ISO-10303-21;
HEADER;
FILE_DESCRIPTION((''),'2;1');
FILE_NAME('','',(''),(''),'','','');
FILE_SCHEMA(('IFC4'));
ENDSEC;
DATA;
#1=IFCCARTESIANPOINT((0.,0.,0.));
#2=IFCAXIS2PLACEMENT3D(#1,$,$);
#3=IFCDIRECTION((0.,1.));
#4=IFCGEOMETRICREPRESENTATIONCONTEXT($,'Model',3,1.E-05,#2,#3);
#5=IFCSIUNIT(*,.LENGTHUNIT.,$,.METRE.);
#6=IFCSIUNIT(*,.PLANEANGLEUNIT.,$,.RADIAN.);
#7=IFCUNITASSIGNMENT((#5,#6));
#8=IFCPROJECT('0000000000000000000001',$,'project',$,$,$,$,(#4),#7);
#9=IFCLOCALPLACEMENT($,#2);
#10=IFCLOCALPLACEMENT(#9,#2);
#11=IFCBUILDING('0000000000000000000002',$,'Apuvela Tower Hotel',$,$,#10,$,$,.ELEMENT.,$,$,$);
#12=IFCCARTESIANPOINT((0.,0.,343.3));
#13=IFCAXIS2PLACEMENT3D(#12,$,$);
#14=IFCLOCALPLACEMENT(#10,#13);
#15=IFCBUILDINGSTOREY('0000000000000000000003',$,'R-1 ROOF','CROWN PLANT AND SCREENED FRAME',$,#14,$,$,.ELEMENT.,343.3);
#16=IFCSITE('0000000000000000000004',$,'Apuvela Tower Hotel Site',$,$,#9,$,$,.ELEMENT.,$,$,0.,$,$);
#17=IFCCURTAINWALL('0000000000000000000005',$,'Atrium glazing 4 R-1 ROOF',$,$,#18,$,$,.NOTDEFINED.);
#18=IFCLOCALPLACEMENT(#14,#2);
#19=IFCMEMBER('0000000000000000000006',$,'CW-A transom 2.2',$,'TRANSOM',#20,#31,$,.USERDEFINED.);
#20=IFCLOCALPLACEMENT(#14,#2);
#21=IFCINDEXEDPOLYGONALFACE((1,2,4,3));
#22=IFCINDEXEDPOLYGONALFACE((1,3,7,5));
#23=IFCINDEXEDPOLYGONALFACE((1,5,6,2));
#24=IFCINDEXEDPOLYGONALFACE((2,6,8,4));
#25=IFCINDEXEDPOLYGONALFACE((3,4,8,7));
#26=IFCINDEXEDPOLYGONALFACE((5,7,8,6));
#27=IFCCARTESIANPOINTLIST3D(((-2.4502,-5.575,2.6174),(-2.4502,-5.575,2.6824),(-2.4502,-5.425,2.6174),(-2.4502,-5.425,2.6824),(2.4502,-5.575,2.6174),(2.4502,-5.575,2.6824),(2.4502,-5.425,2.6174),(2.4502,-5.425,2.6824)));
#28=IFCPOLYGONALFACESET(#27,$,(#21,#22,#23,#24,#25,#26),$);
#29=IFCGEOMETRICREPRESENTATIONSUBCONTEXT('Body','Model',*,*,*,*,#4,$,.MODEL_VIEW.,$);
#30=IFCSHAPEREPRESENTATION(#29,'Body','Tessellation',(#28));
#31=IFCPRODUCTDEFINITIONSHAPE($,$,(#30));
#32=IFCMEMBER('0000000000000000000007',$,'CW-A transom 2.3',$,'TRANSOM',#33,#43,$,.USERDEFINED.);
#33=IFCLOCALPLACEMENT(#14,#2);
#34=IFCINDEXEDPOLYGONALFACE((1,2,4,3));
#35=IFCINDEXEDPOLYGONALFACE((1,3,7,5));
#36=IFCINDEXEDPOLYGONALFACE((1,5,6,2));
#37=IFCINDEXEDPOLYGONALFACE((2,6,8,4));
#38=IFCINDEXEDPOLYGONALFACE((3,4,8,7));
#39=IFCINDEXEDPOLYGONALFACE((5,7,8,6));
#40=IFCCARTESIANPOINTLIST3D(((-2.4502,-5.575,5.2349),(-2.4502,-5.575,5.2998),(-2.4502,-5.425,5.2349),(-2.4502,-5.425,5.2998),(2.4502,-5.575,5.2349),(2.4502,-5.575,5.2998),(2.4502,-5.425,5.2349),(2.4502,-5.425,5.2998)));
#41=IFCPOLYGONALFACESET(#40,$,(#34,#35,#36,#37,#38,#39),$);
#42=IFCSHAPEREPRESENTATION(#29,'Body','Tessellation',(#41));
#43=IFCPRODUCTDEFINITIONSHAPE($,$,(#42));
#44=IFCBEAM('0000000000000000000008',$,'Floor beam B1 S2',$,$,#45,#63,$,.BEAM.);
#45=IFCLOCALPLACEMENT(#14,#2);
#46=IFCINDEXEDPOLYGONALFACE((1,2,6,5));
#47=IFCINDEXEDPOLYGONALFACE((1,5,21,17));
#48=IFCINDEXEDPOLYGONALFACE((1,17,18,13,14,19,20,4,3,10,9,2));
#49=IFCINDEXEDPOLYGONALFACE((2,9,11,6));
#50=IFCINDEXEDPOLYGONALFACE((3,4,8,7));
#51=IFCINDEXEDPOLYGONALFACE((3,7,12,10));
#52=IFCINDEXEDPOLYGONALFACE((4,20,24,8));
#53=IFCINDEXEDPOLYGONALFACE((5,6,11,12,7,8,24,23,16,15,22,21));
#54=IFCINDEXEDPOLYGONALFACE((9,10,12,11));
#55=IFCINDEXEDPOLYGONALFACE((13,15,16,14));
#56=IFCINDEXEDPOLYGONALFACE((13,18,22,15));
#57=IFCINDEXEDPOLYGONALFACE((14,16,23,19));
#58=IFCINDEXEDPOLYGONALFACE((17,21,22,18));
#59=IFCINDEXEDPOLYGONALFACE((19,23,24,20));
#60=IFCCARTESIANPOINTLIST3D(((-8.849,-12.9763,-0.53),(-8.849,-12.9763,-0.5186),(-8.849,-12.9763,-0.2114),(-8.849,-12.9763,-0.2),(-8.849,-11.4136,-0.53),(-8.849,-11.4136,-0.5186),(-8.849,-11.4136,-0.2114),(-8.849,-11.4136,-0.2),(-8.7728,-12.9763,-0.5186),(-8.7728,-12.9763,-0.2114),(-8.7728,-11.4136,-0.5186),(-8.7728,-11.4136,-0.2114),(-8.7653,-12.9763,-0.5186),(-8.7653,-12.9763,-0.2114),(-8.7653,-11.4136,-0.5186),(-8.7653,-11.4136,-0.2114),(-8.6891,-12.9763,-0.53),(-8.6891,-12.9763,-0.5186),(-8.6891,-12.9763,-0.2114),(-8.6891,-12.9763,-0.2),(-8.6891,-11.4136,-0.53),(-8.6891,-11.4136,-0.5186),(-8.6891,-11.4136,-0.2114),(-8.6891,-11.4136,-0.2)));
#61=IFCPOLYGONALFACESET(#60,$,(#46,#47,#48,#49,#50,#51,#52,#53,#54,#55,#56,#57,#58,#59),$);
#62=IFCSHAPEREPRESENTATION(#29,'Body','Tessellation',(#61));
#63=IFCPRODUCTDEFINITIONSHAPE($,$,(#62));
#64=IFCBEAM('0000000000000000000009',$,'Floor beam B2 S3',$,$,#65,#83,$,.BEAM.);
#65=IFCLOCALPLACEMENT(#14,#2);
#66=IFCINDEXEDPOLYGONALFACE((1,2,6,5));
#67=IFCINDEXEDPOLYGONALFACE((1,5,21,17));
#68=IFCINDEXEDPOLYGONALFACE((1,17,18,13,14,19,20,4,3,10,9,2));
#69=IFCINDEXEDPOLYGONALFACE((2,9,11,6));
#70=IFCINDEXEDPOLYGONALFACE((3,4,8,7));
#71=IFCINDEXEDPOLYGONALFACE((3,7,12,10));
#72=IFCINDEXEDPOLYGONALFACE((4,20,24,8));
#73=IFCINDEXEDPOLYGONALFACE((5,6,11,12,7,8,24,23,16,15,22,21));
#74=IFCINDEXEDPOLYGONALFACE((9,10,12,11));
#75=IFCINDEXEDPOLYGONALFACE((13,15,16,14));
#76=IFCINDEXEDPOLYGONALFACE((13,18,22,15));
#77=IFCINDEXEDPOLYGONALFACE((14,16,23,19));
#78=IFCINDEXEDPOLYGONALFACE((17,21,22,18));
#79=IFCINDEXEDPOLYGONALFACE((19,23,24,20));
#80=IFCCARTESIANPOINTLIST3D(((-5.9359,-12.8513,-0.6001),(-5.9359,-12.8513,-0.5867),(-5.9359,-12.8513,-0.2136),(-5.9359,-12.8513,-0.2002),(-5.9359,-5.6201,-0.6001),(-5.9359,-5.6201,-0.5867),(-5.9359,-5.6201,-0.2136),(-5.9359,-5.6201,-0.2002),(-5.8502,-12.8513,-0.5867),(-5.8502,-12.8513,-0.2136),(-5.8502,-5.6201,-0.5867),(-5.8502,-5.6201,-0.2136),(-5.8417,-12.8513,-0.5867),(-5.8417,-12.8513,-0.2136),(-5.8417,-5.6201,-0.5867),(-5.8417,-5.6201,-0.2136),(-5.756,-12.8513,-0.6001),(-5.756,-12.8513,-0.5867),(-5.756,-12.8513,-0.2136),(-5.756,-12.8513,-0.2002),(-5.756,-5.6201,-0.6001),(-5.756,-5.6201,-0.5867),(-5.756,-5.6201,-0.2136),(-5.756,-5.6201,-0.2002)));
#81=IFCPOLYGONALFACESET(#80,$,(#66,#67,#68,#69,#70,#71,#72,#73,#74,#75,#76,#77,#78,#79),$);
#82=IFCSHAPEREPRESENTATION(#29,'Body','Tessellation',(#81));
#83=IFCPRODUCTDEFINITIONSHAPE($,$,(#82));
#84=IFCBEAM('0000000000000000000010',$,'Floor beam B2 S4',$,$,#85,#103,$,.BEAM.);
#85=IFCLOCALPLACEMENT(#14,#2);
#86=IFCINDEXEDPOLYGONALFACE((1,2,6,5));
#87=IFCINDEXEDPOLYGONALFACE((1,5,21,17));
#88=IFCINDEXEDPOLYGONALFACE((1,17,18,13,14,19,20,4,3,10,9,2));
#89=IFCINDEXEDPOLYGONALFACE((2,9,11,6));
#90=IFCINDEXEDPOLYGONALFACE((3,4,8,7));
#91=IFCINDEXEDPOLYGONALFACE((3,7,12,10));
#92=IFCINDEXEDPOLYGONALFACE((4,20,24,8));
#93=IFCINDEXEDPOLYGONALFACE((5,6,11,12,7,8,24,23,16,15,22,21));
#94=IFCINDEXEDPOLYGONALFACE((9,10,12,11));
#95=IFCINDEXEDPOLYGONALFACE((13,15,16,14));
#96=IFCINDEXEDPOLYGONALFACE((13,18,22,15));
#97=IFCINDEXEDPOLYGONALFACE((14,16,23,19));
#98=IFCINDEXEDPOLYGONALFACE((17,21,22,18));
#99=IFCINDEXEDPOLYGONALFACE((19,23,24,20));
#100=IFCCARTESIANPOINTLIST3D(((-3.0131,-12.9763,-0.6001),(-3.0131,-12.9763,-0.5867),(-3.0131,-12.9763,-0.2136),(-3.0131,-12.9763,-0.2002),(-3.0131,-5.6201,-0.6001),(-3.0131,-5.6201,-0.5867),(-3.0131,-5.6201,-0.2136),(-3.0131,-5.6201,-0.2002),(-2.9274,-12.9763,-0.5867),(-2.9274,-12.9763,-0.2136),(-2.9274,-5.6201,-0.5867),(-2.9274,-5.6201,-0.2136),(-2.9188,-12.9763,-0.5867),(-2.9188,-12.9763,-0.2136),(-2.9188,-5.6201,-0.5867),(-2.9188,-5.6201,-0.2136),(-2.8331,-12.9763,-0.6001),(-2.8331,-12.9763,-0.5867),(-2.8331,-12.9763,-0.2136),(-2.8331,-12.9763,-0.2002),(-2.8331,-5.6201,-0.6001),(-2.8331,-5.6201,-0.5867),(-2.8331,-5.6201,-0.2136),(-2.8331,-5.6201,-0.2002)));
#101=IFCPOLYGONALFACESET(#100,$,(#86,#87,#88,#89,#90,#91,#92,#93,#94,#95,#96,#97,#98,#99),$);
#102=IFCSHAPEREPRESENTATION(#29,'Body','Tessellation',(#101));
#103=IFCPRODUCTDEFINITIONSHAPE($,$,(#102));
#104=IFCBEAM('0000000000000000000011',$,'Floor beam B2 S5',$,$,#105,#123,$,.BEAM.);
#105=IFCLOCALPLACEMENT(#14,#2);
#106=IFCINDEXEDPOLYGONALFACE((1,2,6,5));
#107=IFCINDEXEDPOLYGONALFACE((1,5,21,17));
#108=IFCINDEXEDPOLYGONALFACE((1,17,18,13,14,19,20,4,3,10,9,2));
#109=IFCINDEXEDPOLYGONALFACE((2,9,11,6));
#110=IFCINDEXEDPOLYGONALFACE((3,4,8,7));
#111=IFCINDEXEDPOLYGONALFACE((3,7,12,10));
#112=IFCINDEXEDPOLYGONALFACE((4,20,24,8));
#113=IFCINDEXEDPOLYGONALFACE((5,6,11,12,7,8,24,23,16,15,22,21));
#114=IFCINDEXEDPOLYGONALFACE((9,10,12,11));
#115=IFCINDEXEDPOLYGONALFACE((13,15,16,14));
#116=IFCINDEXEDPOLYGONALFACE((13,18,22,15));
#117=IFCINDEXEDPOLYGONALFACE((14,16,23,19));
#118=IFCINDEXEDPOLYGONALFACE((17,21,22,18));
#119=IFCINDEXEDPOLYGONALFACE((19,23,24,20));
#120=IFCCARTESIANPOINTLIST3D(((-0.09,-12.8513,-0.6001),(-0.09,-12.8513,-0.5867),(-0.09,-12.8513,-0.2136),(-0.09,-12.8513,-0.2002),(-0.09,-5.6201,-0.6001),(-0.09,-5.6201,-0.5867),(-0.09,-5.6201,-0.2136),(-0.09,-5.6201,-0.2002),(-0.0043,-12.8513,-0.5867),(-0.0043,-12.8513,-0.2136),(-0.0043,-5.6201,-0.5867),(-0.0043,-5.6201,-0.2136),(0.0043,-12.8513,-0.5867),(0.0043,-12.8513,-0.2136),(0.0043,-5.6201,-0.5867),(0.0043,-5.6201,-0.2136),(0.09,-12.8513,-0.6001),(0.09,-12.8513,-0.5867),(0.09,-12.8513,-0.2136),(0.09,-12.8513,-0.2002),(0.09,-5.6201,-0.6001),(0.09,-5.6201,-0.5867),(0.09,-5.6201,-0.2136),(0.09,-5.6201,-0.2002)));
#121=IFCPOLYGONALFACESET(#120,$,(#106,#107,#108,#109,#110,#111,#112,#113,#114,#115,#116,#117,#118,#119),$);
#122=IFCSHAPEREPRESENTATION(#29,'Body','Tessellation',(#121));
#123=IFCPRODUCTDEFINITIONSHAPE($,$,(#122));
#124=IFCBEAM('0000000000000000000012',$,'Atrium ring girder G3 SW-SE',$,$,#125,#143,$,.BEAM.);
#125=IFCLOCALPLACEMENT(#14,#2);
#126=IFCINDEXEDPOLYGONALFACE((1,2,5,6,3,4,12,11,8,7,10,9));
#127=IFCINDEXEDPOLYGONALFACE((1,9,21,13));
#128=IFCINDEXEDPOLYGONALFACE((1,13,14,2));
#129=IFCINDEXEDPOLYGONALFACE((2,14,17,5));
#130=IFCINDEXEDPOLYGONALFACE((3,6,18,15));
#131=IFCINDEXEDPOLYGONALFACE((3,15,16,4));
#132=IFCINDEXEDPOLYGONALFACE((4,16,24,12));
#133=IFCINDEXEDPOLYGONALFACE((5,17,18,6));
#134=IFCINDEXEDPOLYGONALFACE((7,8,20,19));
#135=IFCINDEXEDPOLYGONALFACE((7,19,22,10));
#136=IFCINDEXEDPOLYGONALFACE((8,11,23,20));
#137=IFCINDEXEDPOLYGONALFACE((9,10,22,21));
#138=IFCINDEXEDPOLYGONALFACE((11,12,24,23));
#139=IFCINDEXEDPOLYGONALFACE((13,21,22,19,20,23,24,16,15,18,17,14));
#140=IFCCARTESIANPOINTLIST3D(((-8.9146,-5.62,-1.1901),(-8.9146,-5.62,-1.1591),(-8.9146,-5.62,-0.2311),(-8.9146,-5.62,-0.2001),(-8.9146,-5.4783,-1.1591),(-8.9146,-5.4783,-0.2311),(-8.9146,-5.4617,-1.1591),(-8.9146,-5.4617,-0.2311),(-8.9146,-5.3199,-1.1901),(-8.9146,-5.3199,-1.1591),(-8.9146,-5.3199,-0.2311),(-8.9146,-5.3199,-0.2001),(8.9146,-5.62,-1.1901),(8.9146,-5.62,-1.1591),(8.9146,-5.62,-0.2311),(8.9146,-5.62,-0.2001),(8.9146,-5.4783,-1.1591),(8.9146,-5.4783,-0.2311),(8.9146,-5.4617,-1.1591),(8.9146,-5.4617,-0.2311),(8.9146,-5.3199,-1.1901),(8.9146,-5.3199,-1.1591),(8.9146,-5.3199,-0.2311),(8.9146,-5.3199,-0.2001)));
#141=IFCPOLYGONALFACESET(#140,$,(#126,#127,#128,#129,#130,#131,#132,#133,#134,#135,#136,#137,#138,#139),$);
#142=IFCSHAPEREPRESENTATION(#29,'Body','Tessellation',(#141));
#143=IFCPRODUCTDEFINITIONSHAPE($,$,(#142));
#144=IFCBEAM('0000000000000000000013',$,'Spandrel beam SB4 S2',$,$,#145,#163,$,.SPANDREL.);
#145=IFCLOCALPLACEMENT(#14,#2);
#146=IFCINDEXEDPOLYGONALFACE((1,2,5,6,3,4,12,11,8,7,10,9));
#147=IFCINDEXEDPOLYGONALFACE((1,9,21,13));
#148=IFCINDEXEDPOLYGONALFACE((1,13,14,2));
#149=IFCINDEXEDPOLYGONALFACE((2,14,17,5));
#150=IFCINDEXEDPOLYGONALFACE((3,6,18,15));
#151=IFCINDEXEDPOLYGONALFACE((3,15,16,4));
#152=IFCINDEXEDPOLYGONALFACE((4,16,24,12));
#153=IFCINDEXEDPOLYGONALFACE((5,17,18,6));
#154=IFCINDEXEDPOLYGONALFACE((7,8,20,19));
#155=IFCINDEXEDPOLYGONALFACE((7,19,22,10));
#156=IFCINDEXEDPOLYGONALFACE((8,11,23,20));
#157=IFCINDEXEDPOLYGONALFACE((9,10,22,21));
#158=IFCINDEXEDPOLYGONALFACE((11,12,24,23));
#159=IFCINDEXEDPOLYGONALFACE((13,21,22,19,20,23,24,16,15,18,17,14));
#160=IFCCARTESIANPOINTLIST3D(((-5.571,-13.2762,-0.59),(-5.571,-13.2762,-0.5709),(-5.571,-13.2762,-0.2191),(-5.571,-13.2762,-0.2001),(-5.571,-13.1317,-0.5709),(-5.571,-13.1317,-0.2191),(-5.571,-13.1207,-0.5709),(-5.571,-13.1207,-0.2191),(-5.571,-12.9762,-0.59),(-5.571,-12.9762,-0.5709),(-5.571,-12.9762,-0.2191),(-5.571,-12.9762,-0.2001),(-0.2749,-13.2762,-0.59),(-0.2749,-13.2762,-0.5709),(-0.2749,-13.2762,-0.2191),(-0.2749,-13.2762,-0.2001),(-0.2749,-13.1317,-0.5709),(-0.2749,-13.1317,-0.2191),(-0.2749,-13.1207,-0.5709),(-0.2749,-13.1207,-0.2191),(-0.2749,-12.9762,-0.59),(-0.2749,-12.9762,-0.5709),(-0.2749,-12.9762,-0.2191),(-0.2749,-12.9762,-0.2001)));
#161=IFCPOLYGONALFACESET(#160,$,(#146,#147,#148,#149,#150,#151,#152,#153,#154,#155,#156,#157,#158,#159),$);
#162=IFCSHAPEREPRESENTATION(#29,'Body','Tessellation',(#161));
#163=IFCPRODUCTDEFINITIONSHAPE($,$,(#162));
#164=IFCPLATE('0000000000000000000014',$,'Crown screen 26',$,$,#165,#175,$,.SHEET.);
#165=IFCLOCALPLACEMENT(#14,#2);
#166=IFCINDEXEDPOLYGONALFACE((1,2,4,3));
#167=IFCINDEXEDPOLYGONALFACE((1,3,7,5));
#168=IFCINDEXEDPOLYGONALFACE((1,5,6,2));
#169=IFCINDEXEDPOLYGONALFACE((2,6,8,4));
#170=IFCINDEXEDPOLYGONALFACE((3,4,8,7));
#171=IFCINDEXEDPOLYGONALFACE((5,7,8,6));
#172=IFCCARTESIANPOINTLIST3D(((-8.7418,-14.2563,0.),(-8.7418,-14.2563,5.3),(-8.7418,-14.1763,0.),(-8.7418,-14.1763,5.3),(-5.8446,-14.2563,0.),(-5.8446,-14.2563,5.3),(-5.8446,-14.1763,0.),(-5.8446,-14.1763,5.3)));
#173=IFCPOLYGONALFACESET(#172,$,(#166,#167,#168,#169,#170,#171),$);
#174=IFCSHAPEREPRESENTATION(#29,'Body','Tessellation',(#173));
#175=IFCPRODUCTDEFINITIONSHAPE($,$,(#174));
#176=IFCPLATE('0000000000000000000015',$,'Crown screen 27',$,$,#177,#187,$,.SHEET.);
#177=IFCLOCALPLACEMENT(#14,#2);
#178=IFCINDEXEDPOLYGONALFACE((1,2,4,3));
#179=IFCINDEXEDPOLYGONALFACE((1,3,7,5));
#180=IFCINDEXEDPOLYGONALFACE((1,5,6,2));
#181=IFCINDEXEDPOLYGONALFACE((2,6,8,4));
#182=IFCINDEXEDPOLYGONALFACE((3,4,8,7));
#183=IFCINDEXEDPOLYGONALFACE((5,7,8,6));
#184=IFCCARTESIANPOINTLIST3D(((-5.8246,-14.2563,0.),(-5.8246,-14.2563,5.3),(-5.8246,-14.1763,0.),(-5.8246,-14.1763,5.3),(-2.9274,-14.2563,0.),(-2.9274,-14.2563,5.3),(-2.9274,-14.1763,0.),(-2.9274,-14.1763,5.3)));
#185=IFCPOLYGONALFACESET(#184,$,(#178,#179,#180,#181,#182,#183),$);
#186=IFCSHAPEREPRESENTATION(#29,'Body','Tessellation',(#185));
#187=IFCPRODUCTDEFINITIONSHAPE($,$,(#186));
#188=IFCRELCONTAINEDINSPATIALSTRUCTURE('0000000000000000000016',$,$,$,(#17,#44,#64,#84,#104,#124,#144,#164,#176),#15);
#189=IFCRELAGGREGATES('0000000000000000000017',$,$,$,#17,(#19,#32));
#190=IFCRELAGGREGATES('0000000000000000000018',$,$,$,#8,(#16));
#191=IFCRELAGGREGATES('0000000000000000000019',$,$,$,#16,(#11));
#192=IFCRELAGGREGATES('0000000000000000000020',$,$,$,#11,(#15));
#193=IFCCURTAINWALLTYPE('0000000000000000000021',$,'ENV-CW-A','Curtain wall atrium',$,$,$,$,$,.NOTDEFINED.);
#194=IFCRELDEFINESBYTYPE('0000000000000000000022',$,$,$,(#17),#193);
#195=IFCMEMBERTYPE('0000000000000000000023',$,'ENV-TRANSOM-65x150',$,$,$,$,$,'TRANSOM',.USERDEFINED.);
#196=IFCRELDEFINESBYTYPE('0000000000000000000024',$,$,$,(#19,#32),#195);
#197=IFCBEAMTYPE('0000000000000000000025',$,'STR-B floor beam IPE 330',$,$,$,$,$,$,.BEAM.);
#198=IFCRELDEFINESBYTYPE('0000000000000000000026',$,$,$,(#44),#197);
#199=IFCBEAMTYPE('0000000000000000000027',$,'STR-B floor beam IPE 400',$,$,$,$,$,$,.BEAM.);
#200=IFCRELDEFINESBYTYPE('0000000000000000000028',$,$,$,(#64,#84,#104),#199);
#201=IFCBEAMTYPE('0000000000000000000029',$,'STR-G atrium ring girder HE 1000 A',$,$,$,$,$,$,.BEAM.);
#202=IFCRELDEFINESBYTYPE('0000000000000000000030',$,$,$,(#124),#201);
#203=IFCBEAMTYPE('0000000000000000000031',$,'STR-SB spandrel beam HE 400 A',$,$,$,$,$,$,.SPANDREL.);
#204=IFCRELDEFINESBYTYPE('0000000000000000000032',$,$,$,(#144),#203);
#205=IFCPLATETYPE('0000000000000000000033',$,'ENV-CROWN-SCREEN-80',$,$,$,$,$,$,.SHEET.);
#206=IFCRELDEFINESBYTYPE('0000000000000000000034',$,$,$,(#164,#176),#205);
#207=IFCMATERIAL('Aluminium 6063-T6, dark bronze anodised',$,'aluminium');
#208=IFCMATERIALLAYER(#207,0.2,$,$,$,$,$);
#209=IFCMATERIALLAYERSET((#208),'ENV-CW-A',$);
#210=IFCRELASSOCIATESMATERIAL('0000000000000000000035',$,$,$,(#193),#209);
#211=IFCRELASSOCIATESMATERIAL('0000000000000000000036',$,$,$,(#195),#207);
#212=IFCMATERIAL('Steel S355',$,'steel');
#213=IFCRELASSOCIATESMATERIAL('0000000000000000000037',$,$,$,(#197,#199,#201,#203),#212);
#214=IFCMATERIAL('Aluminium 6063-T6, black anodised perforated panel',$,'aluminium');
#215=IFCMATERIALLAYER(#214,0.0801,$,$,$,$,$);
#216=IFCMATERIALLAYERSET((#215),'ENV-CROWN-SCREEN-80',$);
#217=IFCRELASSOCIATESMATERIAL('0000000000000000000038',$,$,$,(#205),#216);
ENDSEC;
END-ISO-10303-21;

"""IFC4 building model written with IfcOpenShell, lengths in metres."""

from ifc_helpers import new_model, si_unit, direction, frame, origin, origin_2d, place, context, subcontext, project, spatial, rectangle, i_section, extrude, material, layer, layer_set, material_profile, profile_set, type_object, element, aggregate, save


model = new_model("IFC4")

# Units and contexts
model_context = context("Model", 3, precision=1e-05, world=origin(), true_north=direction((0.0, 1.0)))
body_context = subcontext(model_context, "Body", "Model", "MODEL_VIEW")
ifc_project = project(units=[si_unit("LENGTHUNIT", "METRE"), si_unit("PLANEANGLEUNIT", "RADIAN")], contexts=[model_context])

# Site, building, storey
site_placement = place(None, origin())
site = spatial("IfcSite", under=ifc_project, at=site_placement, Name="Apuvela Tower Hotel Site", CompositionType="ELEMENT", RefElevation=0.0)
building_placement = place(site_placement, origin())
building = spatial("IfcBuilding", under=site, at=building_placement, Name="Apuvela Tower Hotel", CompositionType="ELEMENT")
storey_placement = place(building_placement, frame((0.0, 0.0, 343.3)))
storey = spatial("IfcBuildingStorey", under=building, at=storey_placement, Name="R-1 ROOF", Description="CROWN PLANT AND SCREENED FRAME", CompositionType="ELEMENT", Elevation=343.3)

# Shared definitions
ifc_material_1 = material(Name="Aluminium 6063-T6, dark bronze anodised", Category="aluminium")
ifc_layer_1 = layer(ifc_material_1, 0.2)
ifc_layer_set_1 = layer_set([ifc_layer_1], Name="ENV-CW-A")
curtain_wall_type = type_object("IfcCurtainWallType", Name="ENV-CW-A", Description="Curtain wall atrium", PredefinedType="NOTDEFINED", material=ifc_layer_set_1)

# Curtain wall
curtain_wall_1_placement = place(storey_placement, origin())
curtain_wall_1 = element("IfcCurtainWall", 1, at=curtain_wall_1_placement, inside=storey, type_object=curtain_wall_type, Name="Atrium glazing 4 R-1 ROOF", PredefinedType="NOTDEFINED")

# Members
ifc_material_profile_1 = material_profile(ifc_material_1, rectangle(XDim=0.1499, YDim=0.0649, at=origin_2d()), Name="AL 65x150 transom")
ifc_profile_set_1 = profile_set([ifc_material_profile_1], Name="Aluminium 6063-T6, dark bronze anodised")
member_type_1 = type_object("IfcMemberType", Name="ENV-TRANSOM-65x150", ElementType="TRANSOM", PredefinedType="USERDEFINED", material=ifc_profile_set_1)
member_1_placement = place(storey_placement, frame((-2.4502, -5.5, 2.6499), z_axis=(1.0, 0.0, 0.0), x_axis=(0.0, 1.0, 0.0)))
member_1 = element("IfcMember", 2, at=member_1_placement, type_object=member_type_1, Name="CW-A transom 2.2", ObjectType="TRANSOM", PredefinedType="USERDEFINED", context=body_context, shape_type="SweptSolid", body=[
    extrude(rectangle(XDim=0.1499, YDim=0.0649, at=origin_2d()), origin(), (0.0, 0.0, 1.0), 4.9004),
])
member_2_placement = place(storey_placement, frame((-2.4502, -5.5, 5.2673), z_axis=(1.0, 0.0, 0.0), x_axis=(0.0, 1.0, 0.0)))
member_2 = element("IfcMember", 3, at=member_2_placement, type_object=member_type_1, Name="CW-A transom 2.3", ObjectType="TRANSOM", PredefinedType="USERDEFINED", context=body_context, shape_type="SweptSolid", body=[
    extrude(rectangle(XDim=0.1499, YDim=0.0649, at=origin_2d()), origin(), (0.0, 0.0, 1.0), 4.9004),
])

# Beams
ifc_material_2 = material(Name="Steel S355", Category="steel")
ifc_material_profile_2 = material_profile(ifc_material_2, i_section(OverallWidth=0.1599, OverallDepth=0.3301, WebThickness=0.0076, FlangeThickness=0.0115, at=origin_2d()), Name="IPE 330")
ifc_profile_set_2 = profile_set([ifc_material_profile_2], Name="Steel S355")
beam_type_1 = type_object("IfcBeamType", Name="STR-B floor beam IPE 330", PredefinedType="BEAM", material=ifc_profile_set_2)
beam_1_placement = place(storey_placement, frame((-8.769, -12.9763, -0.365), z_axis=(0.0, 1.0, 0.0), x_axis=(-1.0, 0.0, 0.0)))
element("IfcBeam", 4, at=beam_1_placement, inside=storey, type_object=beam_type_1, Name="Floor beam B1 S2", PredefinedType="BEAM", context=body_context, shape_type="SweptSolid", body=[
    extrude(i_section(OverallWidth=0.1599, OverallDepth=0.3301, WebThickness=0.0076, FlangeThickness=0.0115, at=origin_2d()), origin(), (0.0, 0.0, 1.0), 1.5627),
])
ifc_material_profile_3 = material_profile(ifc_material_2, i_section(OverallWidth=0.1799, OverallDepth=0.3999, WebThickness=0.0085, FlangeThickness=0.0134, at=origin_2d()), Name="IPE 400")
ifc_profile_set_3 = profile_set([ifc_material_profile_3], Name="Steel S355")
beam_type_2 = type_object("IfcBeamType", Name="STR-B floor beam IPE 400", PredefinedType="BEAM", material=ifc_profile_set_3)
beam_2_placement = place(storey_placement, frame((-5.8459, -12.8513, -0.4001), z_axis=(0.0, 1.0, 0.0), x_axis=(-1.0, 0.0, 0.0)))
element("IfcBeam", 5, at=beam_2_placement, inside=storey, type_object=beam_type_2, Name="Floor beam B2 S3", PredefinedType="BEAM", context=body_context, shape_type="SweptSolid", body=[
    extrude(i_section(OverallWidth=0.1799, OverallDepth=0.3999, WebThickness=0.0085, FlangeThickness=0.0134, at=origin_2d()), origin(), (0.0, 0.0, 1.0), 7.2312),
])
beam_3_placement = place(storey_placement, frame((-2.9231, -12.9763, -0.4001), z_axis=(0.0, 1.0, 0.0), x_axis=(-1.0, 0.0, 0.0)))
element("IfcBeam", 6, at=beam_3_placement, inside=storey, type_object=beam_type_2, Name="Floor beam B2 S4", PredefinedType="BEAM", context=body_context, shape_type="SweptSolid", body=[
    extrude(i_section(OverallWidth=0.1799, OverallDepth=0.3999, WebThickness=0.0085, FlangeThickness=0.0134, at=origin_2d()), origin(), (0.0, 0.0, 1.0), 7.3562),
])
beam_4_placement = place(storey_placement, frame((0.0, -12.8513, -0.4001), z_axis=(0.0, 1.0, 0.0), x_axis=(-1.0, 0.0, 0.0)))
element("IfcBeam", 7, at=beam_4_placement, inside=storey, type_object=beam_type_2, Name="Floor beam B2 S5", PredefinedType="BEAM", context=body_context, shape_type="SweptSolid", body=[
    extrude(i_section(OverallWidth=0.1799, OverallDepth=0.3999, WebThickness=0.0085, FlangeThickness=0.0134, at=origin_2d()), origin(), (0.0, 0.0, 1.0), 7.2312),
])
ifc_material_profile_4 = material_profile(ifc_material_2, i_section(OverallWidth=0.3, OverallDepth=0.99, WebThickness=0.0166, FlangeThickness=0.031, at=origin_2d()), Name="HE 1000 A")
ifc_profile_set_4 = profile_set([ifc_material_profile_4], Name="Steel S355")
beam_type_3 = type_object("IfcBeamType", Name="STR-G atrium ring girder HE 1000 A", PredefinedType="BEAM", material=ifc_profile_set_4)
beam_5_placement = place(storey_placement, frame((-8.9146, -5.47, -0.6951), z_axis=(1.0, 0.0, 0.0), x_axis=(0.0, 1.0, 0.0)))
element("IfcBeam", 8, at=beam_5_placement, inside=storey, type_object=beam_type_3, Name="Atrium ring girder G3 SW-SE", PredefinedType="BEAM", context=body_context, shape_type="SweptSolid", body=[
    extrude(i_section(OverallWidth=0.3, OverallDepth=0.99, WebThickness=0.0166, FlangeThickness=0.031, at=origin_2d()), origin(), (0.0, 0.0, 1.0), 17.8291),
])
ifc_material_profile_5 = material_profile(ifc_material_2, i_section(OverallWidth=0.3, OverallDepth=0.3899, WebThickness=0.011, FlangeThickness=0.019, at=origin_2d()), Name="HE 400 A")
ifc_profile_set_5 = profile_set([ifc_material_profile_5], Name="Steel S355")
beam_type_4 = type_object("IfcBeamType", Name="STR-SB spandrel beam HE 400 A", PredefinedType="SPANDREL", material=ifc_profile_set_5)
beam_6_placement = place(storey_placement, frame((-5.571, -13.1262, -0.395), z_axis=(1.0, 0.0, 0.0), x_axis=(0.0, 1.0, 0.0)))
element("IfcBeam", 9, at=beam_6_placement, inside=storey, type_object=beam_type_4, Name="Spandrel beam SB4 S2", PredefinedType="SPANDREL", context=body_context, shape_type="SweptSolid", body=[
    extrude(i_section(OverallWidth=0.3, OverallDepth=0.3899, WebThickness=0.011, FlangeThickness=0.019, at=origin_2d()), origin(), (0.0, 0.0, 1.0), 5.2961),
])

# Plates
ifc_material_3 = material(Name="Aluminium 6063-T6, black anodised perforated panel", Category="aluminium")
ifc_layer_2 = layer(ifc_material_3, 0.0801)
ifc_layer_set_2 = layer_set([ifc_layer_2], Name="ENV-CROWN-SCREEN-80")
plate_type_1 = type_object("IfcPlateType", Name="ENV-CROWN-SCREEN-80", PredefinedType="SHEET", material=ifc_layer_set_2)
for number, where, z_axis, x_axis, name in (
    (10, (-7.2932, -14.2163, 0.0), (0.0, 0.0, 1.0), (1.0, 0.0, 0.0), "Crown screen 26"),
    (11, (-4.376, -14.2163, 0.0), (0.0, 0.0, 1.0), (1.0, 0.0, 0.0), "Crown screen 27"),
):
    element("IfcPlate", number, at=place(storey_placement, frame(where, z_axis=z_axis, x_axis=x_axis)), inside=storey, type_object=plate_type_1, Name=name, PredefinedType="SHEET", context=body_context, shape_type="SweptSolid", body=[
        extrude(rectangle(XDim=2.8972, YDim=0.0801, at=origin_2d()), origin(), (0.0, 0.0, 1.0), 5.3),
    ])

aggregate(curtain_wall_1, [member_1, member_2])

save(model, "model.ifc")
